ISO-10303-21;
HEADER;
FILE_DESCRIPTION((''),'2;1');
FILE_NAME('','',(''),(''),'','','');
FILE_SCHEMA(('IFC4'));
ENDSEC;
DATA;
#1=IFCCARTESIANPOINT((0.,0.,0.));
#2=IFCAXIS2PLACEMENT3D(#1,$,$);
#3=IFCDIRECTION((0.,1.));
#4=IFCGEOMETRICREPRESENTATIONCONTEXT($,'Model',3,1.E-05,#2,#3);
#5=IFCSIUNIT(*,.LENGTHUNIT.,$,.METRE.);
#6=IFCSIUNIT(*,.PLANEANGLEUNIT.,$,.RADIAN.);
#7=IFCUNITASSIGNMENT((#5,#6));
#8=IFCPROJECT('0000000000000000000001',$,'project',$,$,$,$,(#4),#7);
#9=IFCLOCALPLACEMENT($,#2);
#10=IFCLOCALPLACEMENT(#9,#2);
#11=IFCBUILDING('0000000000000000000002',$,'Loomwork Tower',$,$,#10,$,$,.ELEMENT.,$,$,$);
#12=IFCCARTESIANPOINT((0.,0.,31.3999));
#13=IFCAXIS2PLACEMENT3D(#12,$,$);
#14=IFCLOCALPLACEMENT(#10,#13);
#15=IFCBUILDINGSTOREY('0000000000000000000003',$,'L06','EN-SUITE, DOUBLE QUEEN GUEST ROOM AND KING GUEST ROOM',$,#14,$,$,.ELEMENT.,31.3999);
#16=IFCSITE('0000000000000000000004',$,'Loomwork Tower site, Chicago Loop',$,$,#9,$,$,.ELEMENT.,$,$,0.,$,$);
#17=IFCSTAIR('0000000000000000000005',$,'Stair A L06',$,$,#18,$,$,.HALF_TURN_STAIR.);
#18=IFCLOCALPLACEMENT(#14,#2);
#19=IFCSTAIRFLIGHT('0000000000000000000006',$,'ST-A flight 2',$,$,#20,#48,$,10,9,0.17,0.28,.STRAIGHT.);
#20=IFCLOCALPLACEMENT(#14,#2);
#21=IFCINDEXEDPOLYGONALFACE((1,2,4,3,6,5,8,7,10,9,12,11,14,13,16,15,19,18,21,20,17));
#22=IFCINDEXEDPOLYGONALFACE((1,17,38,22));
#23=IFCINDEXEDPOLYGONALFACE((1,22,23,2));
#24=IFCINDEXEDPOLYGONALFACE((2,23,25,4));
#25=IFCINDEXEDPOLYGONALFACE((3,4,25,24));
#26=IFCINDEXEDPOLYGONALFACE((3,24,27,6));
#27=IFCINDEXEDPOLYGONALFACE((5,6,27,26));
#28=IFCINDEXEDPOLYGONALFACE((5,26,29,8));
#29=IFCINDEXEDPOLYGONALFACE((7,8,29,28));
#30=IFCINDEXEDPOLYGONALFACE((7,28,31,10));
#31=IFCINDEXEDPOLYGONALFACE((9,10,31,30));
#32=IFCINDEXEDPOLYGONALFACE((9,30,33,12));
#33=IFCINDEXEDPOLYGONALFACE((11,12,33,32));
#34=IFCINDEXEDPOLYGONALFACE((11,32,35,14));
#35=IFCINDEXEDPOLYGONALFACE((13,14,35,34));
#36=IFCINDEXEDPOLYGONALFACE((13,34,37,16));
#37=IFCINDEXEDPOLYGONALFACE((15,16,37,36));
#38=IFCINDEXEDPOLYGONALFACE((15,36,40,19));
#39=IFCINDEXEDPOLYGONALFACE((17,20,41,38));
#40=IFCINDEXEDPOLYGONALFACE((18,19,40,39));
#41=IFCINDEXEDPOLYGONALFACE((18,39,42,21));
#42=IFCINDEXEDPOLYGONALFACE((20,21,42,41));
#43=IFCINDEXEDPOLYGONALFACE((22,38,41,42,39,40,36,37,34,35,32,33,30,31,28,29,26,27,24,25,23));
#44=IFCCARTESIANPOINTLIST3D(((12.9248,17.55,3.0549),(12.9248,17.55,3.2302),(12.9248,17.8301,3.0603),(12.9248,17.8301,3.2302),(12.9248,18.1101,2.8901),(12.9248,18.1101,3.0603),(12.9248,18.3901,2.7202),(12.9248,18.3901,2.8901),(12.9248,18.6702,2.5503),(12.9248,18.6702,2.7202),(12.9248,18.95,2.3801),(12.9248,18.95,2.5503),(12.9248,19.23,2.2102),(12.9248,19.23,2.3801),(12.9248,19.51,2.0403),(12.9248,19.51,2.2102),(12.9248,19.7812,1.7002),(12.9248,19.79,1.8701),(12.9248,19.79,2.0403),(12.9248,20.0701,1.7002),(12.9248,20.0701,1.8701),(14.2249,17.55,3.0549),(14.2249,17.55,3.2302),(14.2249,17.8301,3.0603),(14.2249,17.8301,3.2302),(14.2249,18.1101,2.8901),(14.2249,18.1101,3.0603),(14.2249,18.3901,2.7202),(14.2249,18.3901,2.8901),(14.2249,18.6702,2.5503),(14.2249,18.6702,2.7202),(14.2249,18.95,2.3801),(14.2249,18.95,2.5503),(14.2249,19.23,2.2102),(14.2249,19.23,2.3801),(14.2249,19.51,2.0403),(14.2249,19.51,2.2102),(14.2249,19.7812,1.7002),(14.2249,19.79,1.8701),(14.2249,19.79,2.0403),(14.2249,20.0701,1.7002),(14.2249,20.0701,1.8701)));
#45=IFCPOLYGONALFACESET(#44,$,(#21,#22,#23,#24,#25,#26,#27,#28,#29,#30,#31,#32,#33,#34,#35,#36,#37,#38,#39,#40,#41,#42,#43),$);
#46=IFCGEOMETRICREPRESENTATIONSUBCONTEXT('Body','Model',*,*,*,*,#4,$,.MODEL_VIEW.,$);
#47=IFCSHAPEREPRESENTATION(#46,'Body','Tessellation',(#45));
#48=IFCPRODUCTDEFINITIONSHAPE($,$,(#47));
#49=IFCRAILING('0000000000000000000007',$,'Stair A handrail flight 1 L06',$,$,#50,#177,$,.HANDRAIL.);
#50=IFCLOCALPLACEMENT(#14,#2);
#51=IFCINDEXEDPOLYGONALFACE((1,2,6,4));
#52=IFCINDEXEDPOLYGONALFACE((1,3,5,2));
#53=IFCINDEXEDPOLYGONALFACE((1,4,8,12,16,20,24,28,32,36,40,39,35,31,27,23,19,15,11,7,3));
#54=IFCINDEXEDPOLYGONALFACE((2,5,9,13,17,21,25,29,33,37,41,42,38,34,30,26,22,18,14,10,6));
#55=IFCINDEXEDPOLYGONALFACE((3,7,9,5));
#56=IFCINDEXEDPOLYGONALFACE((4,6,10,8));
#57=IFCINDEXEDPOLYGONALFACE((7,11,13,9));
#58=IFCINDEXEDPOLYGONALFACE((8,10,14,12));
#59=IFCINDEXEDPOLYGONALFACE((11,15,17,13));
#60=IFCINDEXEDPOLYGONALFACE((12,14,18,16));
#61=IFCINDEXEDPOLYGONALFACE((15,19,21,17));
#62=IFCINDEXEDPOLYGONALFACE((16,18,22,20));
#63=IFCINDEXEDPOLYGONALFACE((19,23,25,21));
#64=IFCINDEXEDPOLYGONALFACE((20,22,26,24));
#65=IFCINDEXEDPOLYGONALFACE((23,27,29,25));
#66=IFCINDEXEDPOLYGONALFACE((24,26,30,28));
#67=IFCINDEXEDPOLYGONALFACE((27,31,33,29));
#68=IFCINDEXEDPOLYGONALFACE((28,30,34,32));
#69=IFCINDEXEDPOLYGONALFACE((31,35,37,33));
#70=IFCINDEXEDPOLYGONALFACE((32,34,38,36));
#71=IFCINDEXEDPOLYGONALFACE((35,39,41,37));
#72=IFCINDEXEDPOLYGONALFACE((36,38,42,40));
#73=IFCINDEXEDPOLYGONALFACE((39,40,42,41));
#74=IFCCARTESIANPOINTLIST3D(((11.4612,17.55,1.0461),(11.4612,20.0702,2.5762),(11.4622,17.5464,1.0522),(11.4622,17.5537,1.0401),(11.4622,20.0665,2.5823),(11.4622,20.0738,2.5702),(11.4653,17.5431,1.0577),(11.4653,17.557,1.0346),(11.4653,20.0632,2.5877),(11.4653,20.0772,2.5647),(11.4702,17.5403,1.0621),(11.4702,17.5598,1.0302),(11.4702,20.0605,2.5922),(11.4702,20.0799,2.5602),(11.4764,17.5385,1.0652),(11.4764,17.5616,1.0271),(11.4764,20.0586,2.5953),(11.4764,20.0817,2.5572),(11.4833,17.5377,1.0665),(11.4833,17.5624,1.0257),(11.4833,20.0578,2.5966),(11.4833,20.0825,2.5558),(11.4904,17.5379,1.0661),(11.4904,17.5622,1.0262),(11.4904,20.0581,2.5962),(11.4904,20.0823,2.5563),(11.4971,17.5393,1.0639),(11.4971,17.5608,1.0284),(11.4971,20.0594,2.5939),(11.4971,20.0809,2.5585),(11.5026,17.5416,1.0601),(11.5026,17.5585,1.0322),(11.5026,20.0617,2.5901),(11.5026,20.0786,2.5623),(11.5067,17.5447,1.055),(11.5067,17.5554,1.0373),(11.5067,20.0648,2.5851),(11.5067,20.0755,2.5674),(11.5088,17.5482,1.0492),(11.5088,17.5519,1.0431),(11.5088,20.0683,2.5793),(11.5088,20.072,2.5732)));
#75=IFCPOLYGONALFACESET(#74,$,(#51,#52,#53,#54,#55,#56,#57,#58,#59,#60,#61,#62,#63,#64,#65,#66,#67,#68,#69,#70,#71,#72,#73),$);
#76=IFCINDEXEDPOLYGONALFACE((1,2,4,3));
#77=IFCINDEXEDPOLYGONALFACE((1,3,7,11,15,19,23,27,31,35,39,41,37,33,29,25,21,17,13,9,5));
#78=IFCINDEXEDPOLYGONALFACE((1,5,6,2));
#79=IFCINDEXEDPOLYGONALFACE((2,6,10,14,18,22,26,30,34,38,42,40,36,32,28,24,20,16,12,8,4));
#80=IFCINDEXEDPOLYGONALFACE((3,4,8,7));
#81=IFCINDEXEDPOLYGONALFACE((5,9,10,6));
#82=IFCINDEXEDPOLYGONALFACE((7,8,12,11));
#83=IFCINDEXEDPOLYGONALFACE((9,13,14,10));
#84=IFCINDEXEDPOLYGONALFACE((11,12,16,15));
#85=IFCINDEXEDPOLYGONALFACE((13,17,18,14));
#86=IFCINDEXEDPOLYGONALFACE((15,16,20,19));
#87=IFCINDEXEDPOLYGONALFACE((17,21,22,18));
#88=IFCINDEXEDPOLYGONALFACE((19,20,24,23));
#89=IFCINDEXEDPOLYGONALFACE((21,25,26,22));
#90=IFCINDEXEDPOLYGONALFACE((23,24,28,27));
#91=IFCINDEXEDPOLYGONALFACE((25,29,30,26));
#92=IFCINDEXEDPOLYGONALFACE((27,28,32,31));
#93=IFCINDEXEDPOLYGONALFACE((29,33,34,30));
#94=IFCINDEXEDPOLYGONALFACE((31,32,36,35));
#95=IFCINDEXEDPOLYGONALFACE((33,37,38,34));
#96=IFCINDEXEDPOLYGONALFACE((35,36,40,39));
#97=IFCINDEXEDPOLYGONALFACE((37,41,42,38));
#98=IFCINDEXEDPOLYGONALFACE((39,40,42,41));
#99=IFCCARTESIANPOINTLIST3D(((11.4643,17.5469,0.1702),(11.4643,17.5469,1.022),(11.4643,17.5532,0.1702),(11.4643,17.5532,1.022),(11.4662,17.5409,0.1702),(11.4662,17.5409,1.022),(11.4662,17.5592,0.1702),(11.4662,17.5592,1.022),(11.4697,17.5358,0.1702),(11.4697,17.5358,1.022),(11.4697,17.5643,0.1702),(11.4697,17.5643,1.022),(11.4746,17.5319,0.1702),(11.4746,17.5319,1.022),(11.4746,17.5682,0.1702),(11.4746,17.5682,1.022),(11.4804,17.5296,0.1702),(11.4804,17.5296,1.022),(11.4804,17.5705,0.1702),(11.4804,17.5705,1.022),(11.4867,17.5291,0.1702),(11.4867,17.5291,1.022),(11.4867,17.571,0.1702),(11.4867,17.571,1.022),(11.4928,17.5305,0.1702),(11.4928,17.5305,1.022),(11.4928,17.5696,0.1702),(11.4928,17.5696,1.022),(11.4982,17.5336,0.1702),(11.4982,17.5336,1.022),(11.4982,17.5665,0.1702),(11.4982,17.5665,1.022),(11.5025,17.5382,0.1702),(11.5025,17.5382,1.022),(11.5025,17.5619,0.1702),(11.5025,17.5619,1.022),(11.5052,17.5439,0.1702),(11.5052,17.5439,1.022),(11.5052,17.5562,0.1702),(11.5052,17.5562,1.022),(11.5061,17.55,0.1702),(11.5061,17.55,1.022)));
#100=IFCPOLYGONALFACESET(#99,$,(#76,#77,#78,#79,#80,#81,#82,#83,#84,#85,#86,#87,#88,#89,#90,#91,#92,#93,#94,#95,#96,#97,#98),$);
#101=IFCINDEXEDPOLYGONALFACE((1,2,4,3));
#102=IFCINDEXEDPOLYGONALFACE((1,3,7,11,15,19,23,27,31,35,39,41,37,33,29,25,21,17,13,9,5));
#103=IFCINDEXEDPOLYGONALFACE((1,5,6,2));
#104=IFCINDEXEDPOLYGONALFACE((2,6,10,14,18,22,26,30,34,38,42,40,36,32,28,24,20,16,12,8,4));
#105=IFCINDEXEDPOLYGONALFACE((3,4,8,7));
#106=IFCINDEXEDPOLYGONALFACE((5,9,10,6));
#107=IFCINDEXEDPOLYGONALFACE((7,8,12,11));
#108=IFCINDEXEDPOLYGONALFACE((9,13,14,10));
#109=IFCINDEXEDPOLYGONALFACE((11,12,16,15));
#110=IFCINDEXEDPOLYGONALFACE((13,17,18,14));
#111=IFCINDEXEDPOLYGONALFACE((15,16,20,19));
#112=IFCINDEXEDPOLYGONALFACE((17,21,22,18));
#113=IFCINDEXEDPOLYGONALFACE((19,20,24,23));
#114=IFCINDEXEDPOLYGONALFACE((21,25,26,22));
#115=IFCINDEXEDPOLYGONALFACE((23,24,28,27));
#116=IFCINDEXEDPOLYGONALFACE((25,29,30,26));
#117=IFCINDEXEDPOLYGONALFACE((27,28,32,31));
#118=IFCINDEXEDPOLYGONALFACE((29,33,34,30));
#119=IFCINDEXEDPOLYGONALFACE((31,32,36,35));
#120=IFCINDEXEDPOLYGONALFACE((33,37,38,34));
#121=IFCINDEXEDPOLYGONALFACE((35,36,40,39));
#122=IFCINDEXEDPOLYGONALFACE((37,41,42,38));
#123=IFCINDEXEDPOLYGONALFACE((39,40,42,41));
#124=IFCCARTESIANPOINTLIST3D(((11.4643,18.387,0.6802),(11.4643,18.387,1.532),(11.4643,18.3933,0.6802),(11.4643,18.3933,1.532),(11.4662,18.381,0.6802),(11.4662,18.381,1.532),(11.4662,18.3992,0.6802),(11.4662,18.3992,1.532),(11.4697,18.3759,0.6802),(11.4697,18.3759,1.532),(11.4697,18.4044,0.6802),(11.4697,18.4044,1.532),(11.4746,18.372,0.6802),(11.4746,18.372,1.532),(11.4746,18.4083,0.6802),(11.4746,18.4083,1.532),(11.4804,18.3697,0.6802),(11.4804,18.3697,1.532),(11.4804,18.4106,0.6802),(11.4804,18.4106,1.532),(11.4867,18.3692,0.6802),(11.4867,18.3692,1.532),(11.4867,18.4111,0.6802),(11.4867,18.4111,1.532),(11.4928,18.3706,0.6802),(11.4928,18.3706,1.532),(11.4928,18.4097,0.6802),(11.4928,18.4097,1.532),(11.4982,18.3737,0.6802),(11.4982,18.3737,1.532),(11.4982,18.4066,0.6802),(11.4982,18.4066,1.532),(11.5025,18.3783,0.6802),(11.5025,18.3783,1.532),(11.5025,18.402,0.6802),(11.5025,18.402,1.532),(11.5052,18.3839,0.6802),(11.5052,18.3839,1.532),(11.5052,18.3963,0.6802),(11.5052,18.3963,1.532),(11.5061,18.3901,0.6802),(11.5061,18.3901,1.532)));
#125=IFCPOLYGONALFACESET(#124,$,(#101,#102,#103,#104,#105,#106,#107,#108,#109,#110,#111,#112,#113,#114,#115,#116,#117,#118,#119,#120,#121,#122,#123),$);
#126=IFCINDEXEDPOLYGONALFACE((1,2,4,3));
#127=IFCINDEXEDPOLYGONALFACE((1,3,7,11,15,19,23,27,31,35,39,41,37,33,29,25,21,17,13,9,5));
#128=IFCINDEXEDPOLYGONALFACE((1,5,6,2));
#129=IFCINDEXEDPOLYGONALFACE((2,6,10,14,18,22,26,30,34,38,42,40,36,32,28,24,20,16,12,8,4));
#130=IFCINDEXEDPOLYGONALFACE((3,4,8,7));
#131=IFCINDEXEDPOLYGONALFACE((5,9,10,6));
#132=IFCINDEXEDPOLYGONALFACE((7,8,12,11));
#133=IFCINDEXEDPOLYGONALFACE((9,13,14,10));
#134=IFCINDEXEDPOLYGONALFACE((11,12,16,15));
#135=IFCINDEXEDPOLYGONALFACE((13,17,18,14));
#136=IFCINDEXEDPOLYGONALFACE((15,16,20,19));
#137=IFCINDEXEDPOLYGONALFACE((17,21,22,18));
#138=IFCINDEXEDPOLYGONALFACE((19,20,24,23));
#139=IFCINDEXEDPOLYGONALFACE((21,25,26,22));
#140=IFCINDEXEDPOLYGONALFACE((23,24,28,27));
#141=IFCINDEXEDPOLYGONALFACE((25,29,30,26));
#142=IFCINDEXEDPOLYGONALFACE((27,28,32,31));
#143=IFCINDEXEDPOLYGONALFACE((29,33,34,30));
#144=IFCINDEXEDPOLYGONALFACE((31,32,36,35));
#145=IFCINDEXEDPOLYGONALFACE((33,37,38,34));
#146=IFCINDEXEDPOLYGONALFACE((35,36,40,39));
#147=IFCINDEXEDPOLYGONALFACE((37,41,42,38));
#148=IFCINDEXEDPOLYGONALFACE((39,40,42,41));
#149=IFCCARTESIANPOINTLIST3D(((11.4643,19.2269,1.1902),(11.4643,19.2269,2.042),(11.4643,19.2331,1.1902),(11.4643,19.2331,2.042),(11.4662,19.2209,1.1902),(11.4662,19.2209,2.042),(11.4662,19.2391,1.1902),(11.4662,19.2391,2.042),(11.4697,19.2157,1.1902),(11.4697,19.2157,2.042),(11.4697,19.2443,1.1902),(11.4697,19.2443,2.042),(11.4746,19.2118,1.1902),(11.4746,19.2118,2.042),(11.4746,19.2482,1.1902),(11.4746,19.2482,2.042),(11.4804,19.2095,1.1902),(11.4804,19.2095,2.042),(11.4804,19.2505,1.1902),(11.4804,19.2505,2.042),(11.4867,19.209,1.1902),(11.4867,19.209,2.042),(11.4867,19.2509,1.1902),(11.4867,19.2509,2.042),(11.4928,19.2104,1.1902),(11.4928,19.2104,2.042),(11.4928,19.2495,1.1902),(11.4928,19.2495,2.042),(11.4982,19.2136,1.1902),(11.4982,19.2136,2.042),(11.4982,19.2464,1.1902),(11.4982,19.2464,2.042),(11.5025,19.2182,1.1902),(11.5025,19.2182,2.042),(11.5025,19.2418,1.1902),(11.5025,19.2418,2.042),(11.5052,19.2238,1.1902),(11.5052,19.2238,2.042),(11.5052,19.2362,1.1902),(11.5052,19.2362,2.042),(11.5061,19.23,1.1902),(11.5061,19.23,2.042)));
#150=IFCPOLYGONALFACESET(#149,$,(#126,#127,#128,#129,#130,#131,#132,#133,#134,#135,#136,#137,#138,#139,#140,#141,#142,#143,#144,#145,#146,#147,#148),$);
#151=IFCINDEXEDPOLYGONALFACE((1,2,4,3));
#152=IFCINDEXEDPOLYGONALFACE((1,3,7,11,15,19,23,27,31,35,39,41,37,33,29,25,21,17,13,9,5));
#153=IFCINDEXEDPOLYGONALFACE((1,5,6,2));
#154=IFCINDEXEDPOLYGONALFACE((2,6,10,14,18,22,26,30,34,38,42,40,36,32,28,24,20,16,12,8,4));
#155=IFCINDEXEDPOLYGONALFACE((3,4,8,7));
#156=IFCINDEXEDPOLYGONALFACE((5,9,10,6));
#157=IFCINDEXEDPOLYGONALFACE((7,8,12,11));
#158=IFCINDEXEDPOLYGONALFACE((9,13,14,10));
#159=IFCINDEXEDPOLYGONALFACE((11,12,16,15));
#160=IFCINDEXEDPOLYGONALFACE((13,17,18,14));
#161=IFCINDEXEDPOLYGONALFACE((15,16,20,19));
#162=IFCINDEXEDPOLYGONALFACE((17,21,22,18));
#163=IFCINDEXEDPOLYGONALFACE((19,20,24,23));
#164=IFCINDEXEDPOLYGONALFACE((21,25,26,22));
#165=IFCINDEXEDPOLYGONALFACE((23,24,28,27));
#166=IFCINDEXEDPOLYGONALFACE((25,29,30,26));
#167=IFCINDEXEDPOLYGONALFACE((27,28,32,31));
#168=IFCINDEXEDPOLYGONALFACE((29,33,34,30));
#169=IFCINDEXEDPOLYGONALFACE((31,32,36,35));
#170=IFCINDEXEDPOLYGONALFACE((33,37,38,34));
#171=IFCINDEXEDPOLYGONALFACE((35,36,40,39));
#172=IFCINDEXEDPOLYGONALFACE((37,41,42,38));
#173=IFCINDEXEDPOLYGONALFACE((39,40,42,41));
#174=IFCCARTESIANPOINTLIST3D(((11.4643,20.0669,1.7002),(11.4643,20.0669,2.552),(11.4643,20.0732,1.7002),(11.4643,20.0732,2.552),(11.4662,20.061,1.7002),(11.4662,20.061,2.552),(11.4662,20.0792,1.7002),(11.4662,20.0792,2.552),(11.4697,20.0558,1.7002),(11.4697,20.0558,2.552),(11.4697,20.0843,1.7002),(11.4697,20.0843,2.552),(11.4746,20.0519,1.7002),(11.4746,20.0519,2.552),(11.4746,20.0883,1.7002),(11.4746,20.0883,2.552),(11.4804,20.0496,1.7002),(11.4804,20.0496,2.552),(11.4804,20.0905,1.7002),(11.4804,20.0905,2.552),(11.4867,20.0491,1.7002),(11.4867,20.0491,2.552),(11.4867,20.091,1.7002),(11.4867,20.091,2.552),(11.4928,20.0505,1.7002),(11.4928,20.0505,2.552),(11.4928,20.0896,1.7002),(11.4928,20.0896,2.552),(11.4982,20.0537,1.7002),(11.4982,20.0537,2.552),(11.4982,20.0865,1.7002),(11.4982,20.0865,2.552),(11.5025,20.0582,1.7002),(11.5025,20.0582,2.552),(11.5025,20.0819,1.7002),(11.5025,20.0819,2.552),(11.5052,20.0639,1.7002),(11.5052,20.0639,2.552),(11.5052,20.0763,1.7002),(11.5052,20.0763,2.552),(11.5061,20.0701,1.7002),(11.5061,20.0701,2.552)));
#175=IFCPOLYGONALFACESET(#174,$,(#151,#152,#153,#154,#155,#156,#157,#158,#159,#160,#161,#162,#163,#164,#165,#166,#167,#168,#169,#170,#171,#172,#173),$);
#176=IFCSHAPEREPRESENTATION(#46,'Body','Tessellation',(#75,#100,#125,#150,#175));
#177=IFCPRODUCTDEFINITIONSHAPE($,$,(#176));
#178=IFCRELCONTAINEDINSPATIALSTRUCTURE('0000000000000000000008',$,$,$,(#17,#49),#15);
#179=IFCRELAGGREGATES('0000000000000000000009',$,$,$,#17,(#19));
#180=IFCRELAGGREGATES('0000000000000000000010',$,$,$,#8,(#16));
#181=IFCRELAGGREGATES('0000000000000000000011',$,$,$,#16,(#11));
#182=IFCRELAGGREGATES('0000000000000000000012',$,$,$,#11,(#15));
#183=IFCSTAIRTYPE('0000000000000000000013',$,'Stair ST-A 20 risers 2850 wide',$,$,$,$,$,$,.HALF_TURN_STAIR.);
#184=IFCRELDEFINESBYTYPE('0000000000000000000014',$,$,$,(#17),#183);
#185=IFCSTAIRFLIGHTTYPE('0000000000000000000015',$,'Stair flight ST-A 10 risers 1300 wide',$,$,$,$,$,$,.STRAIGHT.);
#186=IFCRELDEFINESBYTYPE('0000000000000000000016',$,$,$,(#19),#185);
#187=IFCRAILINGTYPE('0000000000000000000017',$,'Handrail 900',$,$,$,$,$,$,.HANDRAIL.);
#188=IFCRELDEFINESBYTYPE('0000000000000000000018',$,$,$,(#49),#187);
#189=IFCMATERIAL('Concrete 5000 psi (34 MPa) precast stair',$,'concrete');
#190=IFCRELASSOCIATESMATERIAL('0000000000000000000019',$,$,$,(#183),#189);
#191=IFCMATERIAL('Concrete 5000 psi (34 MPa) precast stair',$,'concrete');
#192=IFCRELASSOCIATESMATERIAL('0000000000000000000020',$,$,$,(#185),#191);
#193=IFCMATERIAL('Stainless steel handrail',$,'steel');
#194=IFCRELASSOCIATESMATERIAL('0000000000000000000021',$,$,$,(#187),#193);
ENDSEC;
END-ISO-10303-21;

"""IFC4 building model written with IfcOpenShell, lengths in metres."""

from ifc_helpers import new_model, si_unit, direction, frame, origin, origin_2d, place, context, subcontext, project, spatial, polyline, circle, outline, extrude, material, type_object, element, aggregate, save


model = new_model("IFC4")

# Units and contexts
model_context = context("Model", 3, precision=1e-05, world=origin(), true_north=direction((0.0, 1.0)))
body_context = subcontext(model_context, "Body", "Model", "MODEL_VIEW")
ifc_project = project(units=[si_unit("LENGTHUNIT", "METRE"), si_unit("PLANEANGLEUNIT", "RADIAN")], contexts=[model_context])

# Site, building, storey
site_placement = place(None, origin())
site = spatial("IfcSite", under=ifc_project, at=site_placement, Name="Loomwork Tower site, Chicago Loop", CompositionType="ELEMENT", RefElevation=0.0)
building_placement = place(site_placement, origin())
building = spatial("IfcBuilding", under=site, at=building_placement, Name="Loomwork Tower", CompositionType="ELEMENT")
storey_placement = place(building_placement, frame((0.0, 0.0, 31.3999)))
storey = spatial("IfcBuildingStorey", under=building, at=storey_placement, Name="L06", Description="EN-SUITE, DOUBLE QUEEN GUEST ROOM AND KING GUEST ROOM", CompositionType="ELEMENT", Elevation=31.3999)

# Stair, stair flight
ifc_material_1 = material(Name="Concrete 5000 psi (34 MPa) precast stair", Category="concrete")
stair_type = type_object("IfcStairType", Name="Stair ST-A 20 risers 2850 wide", PredefinedType="HALF_TURN_STAIR", material=ifc_material_1)
stair_placement = place(storey_placement, origin())
stair = element("IfcStair", 1, at=stair_placement, inside=storey, type_object=stair_type, Name="Stair A L06", PredefinedType="HALF_TURN_STAIR")
ifc_material_2 = material(Name="Concrete 5000 psi (34 MPa) precast stair", Category="concrete")
stair_flight_type = type_object("IfcStairFlightType", Name="Stair flight ST-A 10 risers 1300 wide", PredefinedType="STRAIGHT", material=ifc_material_2)
stair_flight_1_placement = place(storey_placement, frame((13.575, 20.0701, 1.7002), z_axis=(0.0, 0.0, 1.0), x_axis=(0.0, -1.0, 0.0)))
stair_flight_1 = element("IfcStairFlight", 2, at=stair_flight_1_placement, type_object=stair_flight_type, Name="ST-A flight 2", NumberOfRisers=10, NumberOfTreads=9, PredefinedType="STRAIGHT", RiserHeight=0.17, TreadLength=0.28, context=body_context, shape_type="SweptSolid", body=[
    extrude(outline(polyline([(0.0, 0.0), (0.0, 0.1699), (0.28, 0.1699), (0.28, 0.3401), (0.5601, 0.3401), (0.5601, 0.51), (0.8401, 0.51), (0.8401, 0.6799), (1.1201, 0.6799), (1.1201, 0.8501), (1.3999, 0.8501), (1.3999, 1.02), (1.6799, 1.02), (1.6799, 1.1899), (1.96, 1.1899), (1.96, 1.3601), (2.24, 1.3601), (2.24, 1.53), (2.52, 1.53), (2.52, 1.7), (2.52, 1.3547), (0.2888, 0.0), (0.0, 0.0)])), frame((0.0, 0.6499, 0.0), z_axis=(0.0, -1.0, 0.0), x_axis=(1.0, 0.0, 0.0)), (0.0, 0.0, 1.0), 1.3),
])
aggregate(stair, [stair_flight_1])

# Railing
ifc_material_3 = material(Name="Stainless steel handrail", Category="steel")
railing_type = type_object("IfcRailingType", Name="Handrail 900", PredefinedType="HANDRAIL", material=ifc_material_3)
railing_1_placement = place(storey_placement, frame((11.4851, 17.55, 0.1702)))
element("IfcRailing", 3, at=railing_1_placement, inside=storey, type_object=railing_type, Name="Stair A handrail flight 1 L06", PredefinedType="HANDRAIL", context=body_context, shape_type="SweptSolid", body=[
    extrude(circle(Radius=0.0239, at=origin_2d()), frame((0.0, 0.0, 0.876), z_axis=(0.0, 0.854785, 0.518982), x_axis=(-1.0, 0.0, 0.0)), (0.0, 0.0, 1.0), 2.9482),
    extrude(circle(Radius=0.021, at=origin_2d()), origin(), (0.0, 0.0, 1.0), 0.8518),
    extrude(circle(Radius=0.021, at=origin_2d()), frame((0.0, 0.8401, 0.51)), (0.0, 0.0, 1.0), 0.8518),
    extrude(circle(Radius=0.021, at=origin_2d()), frame((0.0, 1.6799, 1.02)), (0.0, 0.0, 1.0), 0.8518),
    extrude(circle(Radius=0.021, at=origin_2d()), frame((0.0, 2.52, 1.53)), (0.0, 0.0, 1.0), 0.8518),
])

save(model, "model.ifc")
